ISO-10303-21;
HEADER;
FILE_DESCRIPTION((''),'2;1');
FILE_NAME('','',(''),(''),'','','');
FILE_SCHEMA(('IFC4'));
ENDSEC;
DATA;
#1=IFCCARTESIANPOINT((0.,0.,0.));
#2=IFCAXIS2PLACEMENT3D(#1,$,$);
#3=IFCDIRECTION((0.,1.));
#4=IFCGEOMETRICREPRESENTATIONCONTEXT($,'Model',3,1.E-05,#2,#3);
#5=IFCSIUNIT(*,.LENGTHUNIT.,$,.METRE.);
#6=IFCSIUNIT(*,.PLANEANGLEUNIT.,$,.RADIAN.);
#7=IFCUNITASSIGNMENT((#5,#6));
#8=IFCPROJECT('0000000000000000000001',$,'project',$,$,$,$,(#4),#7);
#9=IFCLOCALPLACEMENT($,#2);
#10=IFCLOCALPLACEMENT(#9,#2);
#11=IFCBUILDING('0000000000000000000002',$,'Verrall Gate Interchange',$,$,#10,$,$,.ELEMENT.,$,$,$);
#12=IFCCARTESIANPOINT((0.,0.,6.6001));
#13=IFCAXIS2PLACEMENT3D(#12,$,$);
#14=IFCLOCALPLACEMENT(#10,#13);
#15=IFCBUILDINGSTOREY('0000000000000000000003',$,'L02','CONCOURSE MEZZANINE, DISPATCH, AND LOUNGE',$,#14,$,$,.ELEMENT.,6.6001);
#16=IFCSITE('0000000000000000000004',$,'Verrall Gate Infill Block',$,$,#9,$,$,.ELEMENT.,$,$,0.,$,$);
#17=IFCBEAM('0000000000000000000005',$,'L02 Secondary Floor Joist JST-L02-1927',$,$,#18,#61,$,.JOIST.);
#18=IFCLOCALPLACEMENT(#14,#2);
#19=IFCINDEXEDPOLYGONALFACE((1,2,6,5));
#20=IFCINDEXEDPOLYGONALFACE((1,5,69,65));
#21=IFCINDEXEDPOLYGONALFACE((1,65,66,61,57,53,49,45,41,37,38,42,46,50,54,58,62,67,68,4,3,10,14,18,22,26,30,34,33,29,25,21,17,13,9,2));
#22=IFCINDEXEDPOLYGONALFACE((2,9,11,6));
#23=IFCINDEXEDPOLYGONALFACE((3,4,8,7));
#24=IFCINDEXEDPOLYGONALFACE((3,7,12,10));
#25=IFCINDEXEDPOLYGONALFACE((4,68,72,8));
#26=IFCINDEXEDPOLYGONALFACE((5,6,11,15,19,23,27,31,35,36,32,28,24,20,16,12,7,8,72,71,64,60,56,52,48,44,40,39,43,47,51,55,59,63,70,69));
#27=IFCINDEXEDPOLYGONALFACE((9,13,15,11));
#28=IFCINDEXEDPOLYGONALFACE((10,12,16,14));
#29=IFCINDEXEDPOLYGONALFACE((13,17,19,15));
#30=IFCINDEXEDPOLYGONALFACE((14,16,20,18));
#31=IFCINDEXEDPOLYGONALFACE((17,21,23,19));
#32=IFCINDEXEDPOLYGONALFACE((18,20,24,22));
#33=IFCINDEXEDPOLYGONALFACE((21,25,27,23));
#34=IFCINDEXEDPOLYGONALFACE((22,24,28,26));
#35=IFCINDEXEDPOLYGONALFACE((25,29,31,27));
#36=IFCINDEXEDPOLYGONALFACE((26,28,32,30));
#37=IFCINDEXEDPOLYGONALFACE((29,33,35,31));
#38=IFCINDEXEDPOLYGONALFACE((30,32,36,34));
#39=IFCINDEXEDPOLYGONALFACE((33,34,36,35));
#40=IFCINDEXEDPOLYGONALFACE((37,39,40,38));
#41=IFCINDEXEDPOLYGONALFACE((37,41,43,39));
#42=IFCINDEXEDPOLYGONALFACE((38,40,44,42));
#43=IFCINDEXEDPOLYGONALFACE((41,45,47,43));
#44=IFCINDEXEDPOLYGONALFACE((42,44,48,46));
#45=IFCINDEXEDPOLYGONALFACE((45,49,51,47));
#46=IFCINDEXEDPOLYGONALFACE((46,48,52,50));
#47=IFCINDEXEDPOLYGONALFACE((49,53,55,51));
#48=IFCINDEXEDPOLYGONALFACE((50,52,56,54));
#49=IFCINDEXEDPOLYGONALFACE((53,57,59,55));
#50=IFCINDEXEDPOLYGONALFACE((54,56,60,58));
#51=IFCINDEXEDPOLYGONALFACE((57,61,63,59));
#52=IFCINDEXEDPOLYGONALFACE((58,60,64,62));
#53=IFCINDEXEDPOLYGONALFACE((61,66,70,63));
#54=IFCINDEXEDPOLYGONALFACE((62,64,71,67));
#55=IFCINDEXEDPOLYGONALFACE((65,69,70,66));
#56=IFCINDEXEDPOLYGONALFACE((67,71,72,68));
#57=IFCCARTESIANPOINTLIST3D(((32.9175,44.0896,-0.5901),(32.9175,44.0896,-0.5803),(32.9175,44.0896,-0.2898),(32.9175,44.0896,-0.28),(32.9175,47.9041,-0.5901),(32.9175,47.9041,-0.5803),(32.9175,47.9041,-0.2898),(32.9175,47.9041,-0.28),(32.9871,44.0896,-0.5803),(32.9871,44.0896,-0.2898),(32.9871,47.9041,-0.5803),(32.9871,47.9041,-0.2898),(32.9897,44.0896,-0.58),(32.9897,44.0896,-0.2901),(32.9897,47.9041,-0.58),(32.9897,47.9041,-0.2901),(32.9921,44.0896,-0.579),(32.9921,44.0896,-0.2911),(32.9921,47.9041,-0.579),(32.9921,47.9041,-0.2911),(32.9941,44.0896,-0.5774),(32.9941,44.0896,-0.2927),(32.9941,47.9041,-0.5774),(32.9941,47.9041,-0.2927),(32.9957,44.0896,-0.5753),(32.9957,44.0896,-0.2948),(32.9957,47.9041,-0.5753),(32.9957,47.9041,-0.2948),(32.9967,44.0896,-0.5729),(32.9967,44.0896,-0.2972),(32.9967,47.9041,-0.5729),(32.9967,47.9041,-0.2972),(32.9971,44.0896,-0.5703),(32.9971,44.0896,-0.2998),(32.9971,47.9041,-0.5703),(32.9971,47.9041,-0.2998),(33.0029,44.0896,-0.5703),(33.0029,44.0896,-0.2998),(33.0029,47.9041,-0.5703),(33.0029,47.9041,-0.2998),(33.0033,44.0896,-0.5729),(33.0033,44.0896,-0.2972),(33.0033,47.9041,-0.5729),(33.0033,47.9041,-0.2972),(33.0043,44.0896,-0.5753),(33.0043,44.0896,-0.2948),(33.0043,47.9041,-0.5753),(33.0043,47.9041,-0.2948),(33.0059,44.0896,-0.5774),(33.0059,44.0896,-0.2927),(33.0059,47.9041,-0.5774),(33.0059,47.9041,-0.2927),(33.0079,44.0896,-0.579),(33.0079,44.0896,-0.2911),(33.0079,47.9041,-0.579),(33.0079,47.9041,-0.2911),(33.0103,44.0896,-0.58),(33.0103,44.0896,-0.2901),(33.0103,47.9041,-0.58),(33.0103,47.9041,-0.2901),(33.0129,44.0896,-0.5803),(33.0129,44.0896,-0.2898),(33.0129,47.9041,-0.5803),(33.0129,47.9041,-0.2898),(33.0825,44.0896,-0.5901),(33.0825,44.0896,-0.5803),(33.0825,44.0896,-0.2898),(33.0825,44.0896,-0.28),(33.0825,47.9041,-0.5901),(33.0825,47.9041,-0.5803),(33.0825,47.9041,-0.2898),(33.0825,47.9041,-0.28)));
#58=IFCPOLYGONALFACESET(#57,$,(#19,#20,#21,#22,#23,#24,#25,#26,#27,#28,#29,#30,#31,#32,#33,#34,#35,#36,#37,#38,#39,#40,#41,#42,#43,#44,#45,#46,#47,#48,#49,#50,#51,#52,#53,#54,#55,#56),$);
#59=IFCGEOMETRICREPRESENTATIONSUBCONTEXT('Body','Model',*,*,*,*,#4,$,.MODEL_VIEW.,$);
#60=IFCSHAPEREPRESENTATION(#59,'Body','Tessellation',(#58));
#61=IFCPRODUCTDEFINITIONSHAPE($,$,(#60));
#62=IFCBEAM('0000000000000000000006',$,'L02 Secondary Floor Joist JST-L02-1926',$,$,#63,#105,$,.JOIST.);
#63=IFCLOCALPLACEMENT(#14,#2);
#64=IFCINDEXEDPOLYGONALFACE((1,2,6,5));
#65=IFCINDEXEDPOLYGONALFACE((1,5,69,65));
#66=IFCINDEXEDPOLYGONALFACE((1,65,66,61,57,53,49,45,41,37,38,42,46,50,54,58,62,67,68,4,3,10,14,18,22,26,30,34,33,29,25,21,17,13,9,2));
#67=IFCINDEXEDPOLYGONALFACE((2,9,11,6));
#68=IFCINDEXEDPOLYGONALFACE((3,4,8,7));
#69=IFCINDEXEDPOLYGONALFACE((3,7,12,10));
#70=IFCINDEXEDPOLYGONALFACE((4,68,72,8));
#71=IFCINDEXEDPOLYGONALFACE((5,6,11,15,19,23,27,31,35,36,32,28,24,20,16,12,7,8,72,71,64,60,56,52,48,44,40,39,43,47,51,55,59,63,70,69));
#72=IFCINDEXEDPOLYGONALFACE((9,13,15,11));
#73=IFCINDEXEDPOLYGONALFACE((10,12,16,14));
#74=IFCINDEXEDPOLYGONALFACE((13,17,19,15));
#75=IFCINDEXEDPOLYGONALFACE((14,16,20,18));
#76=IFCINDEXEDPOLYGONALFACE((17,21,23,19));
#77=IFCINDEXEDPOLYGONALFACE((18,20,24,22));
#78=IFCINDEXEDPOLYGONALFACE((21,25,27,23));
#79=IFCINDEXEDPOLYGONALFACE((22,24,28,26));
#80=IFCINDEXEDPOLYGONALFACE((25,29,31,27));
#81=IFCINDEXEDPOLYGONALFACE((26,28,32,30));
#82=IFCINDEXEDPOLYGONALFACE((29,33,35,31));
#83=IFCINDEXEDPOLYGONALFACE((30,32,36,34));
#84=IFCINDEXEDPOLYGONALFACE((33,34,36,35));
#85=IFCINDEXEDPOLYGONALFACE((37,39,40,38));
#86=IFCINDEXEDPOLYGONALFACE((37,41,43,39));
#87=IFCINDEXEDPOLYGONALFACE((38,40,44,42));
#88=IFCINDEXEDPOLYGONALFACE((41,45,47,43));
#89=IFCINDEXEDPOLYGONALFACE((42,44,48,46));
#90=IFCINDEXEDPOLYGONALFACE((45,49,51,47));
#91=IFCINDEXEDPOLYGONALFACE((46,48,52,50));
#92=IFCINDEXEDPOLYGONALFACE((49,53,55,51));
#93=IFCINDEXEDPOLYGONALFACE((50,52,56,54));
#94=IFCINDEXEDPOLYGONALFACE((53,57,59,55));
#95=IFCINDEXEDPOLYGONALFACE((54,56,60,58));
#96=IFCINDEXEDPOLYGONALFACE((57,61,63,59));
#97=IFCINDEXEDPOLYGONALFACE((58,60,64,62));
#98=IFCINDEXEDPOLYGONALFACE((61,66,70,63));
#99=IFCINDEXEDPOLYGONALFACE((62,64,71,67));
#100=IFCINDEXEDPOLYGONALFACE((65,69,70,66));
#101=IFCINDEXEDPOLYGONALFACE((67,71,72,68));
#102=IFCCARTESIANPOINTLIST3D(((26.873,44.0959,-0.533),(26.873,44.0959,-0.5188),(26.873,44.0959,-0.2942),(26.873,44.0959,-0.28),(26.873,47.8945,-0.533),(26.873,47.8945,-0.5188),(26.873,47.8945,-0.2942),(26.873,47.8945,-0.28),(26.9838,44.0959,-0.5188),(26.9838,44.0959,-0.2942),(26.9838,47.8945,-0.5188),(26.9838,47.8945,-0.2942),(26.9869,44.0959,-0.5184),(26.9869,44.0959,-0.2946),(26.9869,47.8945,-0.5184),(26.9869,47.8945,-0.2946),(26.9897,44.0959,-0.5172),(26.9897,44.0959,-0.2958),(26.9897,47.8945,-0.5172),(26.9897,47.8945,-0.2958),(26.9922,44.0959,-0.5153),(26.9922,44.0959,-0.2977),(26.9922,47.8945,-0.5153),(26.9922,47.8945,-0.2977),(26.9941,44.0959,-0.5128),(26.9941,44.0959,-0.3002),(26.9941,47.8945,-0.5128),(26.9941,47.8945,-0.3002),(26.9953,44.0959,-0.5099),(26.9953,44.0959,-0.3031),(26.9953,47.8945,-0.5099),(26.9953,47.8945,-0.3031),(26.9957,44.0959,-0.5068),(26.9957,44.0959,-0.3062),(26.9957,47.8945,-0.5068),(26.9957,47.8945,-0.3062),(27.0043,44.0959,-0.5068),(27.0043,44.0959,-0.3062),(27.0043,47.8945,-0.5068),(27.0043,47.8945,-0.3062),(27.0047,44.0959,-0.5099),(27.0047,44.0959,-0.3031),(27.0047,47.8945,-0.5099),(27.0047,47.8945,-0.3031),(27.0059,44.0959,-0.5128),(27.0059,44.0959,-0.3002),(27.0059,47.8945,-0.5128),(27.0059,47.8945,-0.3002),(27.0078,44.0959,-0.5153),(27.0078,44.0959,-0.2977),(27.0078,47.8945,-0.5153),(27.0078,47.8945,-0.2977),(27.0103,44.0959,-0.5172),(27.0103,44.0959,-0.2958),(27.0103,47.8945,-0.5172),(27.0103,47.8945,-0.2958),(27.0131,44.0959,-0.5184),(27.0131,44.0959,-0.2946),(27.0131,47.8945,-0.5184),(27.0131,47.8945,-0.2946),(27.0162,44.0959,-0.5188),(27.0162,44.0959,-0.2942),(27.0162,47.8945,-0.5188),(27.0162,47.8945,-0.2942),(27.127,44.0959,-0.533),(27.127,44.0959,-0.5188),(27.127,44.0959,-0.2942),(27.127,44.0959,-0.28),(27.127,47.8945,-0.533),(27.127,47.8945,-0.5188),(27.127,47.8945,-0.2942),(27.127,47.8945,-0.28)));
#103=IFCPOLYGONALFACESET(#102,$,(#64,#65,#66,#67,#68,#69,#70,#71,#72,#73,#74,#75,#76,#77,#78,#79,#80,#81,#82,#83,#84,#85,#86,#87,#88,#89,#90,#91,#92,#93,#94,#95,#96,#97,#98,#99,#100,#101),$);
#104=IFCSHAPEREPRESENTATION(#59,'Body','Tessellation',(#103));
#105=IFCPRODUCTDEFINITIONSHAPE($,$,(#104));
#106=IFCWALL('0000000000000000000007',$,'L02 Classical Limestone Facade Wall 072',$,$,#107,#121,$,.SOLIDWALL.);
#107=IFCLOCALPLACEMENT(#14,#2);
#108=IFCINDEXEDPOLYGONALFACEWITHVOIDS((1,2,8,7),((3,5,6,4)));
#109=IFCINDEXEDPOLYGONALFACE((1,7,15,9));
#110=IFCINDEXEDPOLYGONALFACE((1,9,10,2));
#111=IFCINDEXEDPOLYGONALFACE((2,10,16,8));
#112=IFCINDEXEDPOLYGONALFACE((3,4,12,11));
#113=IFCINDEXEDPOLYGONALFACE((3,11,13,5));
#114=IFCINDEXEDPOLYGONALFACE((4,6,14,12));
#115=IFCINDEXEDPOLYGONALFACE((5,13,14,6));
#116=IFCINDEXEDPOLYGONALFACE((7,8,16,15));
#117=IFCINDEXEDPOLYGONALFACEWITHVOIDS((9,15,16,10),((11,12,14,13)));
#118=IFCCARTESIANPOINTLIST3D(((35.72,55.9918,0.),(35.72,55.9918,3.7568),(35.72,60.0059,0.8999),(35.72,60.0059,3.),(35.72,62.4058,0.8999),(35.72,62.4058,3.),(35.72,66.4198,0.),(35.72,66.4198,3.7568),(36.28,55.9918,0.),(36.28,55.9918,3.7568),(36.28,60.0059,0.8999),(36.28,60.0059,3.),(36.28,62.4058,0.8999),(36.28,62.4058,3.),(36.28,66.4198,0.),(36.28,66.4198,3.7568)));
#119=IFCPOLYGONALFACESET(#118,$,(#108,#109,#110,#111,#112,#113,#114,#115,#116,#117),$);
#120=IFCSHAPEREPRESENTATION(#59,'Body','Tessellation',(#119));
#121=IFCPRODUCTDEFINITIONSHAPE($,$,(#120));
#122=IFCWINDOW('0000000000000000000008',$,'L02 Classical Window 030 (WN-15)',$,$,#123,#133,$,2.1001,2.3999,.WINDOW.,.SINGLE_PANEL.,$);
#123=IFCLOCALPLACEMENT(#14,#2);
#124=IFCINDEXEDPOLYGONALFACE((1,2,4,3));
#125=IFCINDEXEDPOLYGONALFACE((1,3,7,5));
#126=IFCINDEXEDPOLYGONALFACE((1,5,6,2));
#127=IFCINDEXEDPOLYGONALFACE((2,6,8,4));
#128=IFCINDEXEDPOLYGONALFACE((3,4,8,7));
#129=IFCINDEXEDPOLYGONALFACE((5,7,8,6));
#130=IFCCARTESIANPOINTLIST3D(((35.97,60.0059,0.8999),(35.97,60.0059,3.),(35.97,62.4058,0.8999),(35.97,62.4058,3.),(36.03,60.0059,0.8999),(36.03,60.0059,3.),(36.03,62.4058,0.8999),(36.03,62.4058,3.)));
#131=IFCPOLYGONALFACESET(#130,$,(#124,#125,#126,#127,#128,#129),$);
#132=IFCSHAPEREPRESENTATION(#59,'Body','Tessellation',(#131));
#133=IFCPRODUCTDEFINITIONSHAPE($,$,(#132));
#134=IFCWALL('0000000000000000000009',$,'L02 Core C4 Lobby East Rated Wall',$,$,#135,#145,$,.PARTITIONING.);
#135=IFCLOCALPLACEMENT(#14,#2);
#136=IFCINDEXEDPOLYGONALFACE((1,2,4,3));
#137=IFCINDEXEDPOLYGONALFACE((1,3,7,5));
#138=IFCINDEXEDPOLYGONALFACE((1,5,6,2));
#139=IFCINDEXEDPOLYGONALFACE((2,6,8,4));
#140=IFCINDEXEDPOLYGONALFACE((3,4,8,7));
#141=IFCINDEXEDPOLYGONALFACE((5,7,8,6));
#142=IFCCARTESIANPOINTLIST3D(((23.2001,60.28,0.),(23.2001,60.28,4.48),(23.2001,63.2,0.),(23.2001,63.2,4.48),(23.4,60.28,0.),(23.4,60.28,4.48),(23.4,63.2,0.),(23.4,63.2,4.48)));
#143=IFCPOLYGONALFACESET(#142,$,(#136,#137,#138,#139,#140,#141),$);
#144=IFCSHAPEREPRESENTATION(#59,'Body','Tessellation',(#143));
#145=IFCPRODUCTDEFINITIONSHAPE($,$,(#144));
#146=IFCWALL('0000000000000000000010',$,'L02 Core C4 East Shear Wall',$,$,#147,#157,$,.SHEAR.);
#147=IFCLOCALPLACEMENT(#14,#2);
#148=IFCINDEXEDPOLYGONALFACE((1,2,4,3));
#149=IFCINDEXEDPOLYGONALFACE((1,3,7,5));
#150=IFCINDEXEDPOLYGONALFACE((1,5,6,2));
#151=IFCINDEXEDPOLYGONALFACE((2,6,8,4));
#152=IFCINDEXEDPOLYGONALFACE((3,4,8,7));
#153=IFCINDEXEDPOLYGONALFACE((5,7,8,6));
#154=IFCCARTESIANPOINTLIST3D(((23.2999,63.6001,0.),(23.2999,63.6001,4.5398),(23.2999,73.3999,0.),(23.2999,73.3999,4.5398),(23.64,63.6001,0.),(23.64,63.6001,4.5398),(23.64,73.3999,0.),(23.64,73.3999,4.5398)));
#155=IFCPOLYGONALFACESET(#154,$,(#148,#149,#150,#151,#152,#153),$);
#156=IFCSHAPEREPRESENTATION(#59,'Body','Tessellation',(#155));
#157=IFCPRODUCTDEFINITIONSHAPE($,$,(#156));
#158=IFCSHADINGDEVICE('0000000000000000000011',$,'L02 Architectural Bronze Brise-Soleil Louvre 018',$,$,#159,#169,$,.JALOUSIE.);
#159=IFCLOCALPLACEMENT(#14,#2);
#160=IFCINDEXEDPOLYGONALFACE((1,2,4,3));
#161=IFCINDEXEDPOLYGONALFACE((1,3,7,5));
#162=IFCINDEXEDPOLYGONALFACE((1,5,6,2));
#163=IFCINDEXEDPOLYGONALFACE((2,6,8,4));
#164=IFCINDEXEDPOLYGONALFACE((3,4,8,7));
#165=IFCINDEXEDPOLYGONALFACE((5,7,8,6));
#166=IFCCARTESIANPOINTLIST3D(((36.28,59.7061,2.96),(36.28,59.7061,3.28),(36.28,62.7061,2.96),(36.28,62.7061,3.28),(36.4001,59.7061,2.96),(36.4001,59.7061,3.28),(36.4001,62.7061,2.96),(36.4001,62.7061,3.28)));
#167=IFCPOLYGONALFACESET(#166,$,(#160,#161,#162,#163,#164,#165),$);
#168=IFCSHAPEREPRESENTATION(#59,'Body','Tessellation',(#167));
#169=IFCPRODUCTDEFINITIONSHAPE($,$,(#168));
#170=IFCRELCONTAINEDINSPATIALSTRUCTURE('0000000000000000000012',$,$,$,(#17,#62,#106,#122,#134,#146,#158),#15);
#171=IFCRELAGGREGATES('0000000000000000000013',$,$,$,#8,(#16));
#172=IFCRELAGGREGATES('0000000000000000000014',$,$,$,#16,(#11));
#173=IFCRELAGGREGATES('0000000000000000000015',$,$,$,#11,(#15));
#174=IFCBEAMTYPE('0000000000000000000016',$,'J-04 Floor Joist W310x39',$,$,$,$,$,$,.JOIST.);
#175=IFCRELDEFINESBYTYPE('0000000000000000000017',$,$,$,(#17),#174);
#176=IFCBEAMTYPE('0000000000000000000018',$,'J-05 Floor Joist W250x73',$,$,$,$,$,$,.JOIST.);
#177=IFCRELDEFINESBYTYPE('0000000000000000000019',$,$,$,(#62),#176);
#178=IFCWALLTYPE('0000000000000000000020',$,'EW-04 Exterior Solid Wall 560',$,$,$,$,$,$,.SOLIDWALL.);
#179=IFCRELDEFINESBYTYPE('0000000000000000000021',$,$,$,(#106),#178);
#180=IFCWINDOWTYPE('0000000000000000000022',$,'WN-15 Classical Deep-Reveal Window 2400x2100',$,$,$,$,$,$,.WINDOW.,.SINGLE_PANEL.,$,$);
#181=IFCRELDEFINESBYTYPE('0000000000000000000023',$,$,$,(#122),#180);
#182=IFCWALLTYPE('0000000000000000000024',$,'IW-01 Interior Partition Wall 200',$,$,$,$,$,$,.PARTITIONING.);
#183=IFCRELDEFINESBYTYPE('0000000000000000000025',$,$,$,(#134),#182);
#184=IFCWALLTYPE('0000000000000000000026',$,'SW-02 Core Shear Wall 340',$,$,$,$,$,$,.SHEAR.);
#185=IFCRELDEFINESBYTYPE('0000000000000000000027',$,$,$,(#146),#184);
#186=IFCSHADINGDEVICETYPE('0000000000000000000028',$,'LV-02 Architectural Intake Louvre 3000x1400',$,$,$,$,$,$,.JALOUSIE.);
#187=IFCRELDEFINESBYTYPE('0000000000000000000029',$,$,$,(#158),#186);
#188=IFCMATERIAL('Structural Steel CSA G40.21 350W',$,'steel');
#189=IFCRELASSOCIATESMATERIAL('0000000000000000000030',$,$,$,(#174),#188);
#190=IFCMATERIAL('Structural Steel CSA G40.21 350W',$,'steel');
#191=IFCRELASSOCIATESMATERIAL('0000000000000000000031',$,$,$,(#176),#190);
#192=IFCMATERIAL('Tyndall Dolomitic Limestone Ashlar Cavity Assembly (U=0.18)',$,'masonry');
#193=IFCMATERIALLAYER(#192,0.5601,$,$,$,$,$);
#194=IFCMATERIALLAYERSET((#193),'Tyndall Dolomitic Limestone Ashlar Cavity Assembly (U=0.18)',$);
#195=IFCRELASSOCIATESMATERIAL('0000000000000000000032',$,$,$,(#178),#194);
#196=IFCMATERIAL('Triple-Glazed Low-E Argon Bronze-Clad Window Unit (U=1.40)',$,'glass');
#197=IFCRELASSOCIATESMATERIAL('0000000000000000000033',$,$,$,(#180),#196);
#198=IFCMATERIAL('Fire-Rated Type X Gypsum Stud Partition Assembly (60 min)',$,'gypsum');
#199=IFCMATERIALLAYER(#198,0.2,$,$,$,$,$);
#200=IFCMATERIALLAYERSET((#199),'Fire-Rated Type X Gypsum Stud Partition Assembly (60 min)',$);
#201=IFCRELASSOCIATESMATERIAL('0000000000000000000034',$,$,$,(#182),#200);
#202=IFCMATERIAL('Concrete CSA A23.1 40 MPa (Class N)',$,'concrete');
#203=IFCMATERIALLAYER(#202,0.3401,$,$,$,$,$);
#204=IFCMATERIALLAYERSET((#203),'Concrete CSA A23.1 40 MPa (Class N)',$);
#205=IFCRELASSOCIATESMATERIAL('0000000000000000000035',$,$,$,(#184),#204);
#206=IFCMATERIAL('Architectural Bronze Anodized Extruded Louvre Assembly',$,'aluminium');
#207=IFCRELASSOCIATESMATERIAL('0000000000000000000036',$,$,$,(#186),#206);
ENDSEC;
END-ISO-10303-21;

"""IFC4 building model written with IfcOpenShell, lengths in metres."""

from ifc_helpers import new_model, si_unit, direction, frame, frame_2d, origin, origin_2d, place, context, subcontext, project, spatial, rectangle, i_section, extrude, material, layer, layer_set, material_profile, profile_set, type_object, element, fill, save


model = new_model("IFC4")

# Units and contexts
model_context = context("Model", 3, precision=1e-05, world=origin(), true_north=direction((0.0, 1.0)))
body_context = subcontext(model_context, "Body", "Model", "MODEL_VIEW")
ifc_project = project(units=[si_unit("LENGTHUNIT", "METRE"), si_unit("PLANEANGLEUNIT", "RADIAN")], contexts=[model_context])

# Site, building, storey
site_placement = place(None, origin())
site = spatial("IfcSite", under=ifc_project, at=site_placement, Name="Verrall Gate Infill Block", CompositionType="ELEMENT", RefElevation=0.0)
building_placement = place(site_placement, origin())
building = spatial("IfcBuilding", under=site, at=building_placement, Name="Verrall Gate Interchange", CompositionType="ELEMENT")
storey_placement = place(building_placement, frame((0.0, 0.0, 6.6001)))
storey = spatial("IfcBuildingStorey", under=building, at=storey_placement, Name="L02", Description="CONCOURSE MEZZANINE, DISPATCH, AND LOUNGE", CompositionType="ELEMENT", Elevation=6.6001)

# Beams
ifc_material_1 = material(Name="Structural Steel CSA G40.21 350W", Category="steel")
ifc_material_profile_1 = material_profile(ifc_material_1, i_section(OverallWidth=0.165, OverallDepth=0.3101, WebThickness=0.0059, FlangeThickness=0.0098, FilletRadius=0.01, at=origin_2d()), Name="W310x39")
ifc_profile_set_1 = profile_set([ifc_material_profile_1], Name="Structural Steel CSA G40.21 350W")
beam_type_1 = type_object("IfcBeamType", Name="J-04 Floor Joist W310x39", PredefinedType="JOIST", material=ifc_profile_set_1)
beam_1_placement = place(storey_placement, frame((33.0, 44.0896, -0.4351), z_axis=(0.0, 1.0, 0.0), x_axis=(-1.0, 0.0, 0.0)))
element("IfcBeam", 1, at=beam_1_placement, inside=storey, type_object=beam_type_1, Name="L02 Secondary Floor Joist JST-L02-1927", PredefinedType="JOIST", context=body_context, shape_type="SweptSolid", body=[
    extrude(i_section(OverallWidth=0.165, OverallDepth=0.3101, WebThickness=0.0059, FlangeThickness=0.0098, FilletRadius=0.01, at=origin_2d()), origin(), (0.0, 0.0, 1.0), 3.8145),
])
ifc_material_2 = material(Name="Structural Steel CSA G40.21 350W", Category="steel")
ifc_material_profile_2 = material_profile(ifc_material_2, i_section(OverallWidth=0.2539, OverallDepth=0.2529, WebThickness=0.0085, FlangeThickness=0.0142, FilletRadius=0.012, at=origin_2d()), Name="W250x73")
ifc_profile_set_2 = profile_set([ifc_material_profile_2], Name="Structural Steel CSA G40.21 350W")
beam_type_2 = type_object("IfcBeamType", Name="J-05 Floor Joist W250x73", PredefinedType="JOIST", material=ifc_profile_set_2)
beam_2_placement = place(storey_placement, frame((27.0, 44.0959, -0.4065), z_axis=(0.0, 1.0, 0.0), x_axis=(-1.0, 0.0, 0.0)))
element("IfcBeam", 2, at=beam_2_placement, inside=storey, type_object=beam_type_2, Name="L02 Secondary Floor Joist JST-L02-1926", PredefinedType="JOIST", context=body_context, shape_type="SweptSolid", body=[
    extrude(i_section(OverallWidth=0.2539, OverallDepth=0.2529, WebThickness=0.0085, FlangeThickness=0.0142, FilletRadius=0.012, at=origin_2d()), origin(), (0.0, 0.0, 1.0), 3.7986),
])

# Wall, opening, window
ifc_material_3 = material(Name="Tyndall Dolomitic Limestone Ashlar Cavity Assembly (U=0.18)", Category="masonry")
ifc_layer_1 = layer(ifc_material_3, 0.5601)
ifc_layer_set_1 = layer_set([ifc_layer_1], Name="Tyndall Dolomitic Limestone Ashlar Cavity Assembly (U=0.18)")
wall_type_1 = type_object("IfcWallType", Name="EW-04 Exterior Solid Wall 560", PredefinedType="SOLIDWALL", material=ifc_layer_set_1)
wall_1_placement = place(storey_placement, frame((36.0, 55.9919, 0.0), z_axis=(0.0, 0.0, 1.0), x_axis=(0.0, 1.0, 0.0)))
wall_1 = element("IfcWall", 3, at=wall_1_placement, inside=storey, type_object=wall_type_1, Name="L02 Classical Limestone Facade Wall 072", PredefinedType="SOLIDWALL", context=body_context, shape_type="SweptSolid", body=[
    extrude(rectangle(XDim=10.428, YDim=0.5601, at=frame_2d((5.2139, 0.0))), origin(), (0.0, 0.0, 1.0), 3.7568),
])
opening_placement = place(wall_1_placement, frame((4.0139, 0.0, 0.8999)))
opening = element("IfcOpeningElement", 4, at=opening_placement, cuts=wall_1, PredefinedType="OPENING", context=body_context, shape_type="SweptSolid", body=[
    extrude(rectangle(XDim=2.3999, YDim=2.1001, at=frame_2d((1.2, 1.05))), frame((0.0, 0.2949, 0.0), z_axis=(0.0, -1.0, 0.0), x_axis=(1.0, 0.0, 0.0)), (0.0, 0.0, 1.0), 0.5898),
])
ifc_material_4 = material(Name="Triple-Glazed Low-E Argon Bronze-Clad Window Unit (U=1.40)", Category="glass")
window_type = type_object("IfcWindowType", Name="WN-15 Classical Deep-Reveal Window 2400x2100", PartitioningType="SINGLE_PANEL", PredefinedType="WINDOW", material=ifc_material_4)
window_placement = place(opening_placement, origin())
window = element("IfcWindow", 5, at=window_placement, inside=storey, type_object=window_type, Name="L02 Classical Window 030 (WN-15)", OverallHeight=2.1001, OverallWidth=2.3999, PartitioningType="SINGLE_PANEL", PredefinedType="WINDOW", context=body_context, shape_type="SweptSolid", body=[
    extrude(rectangle(XDim=2.3999, YDim=2.1001, at=frame_2d((1.2, 1.05))), frame((0.0, 0.03, 0.0), z_axis=(0.0, -1.0, 0.0), x_axis=(1.0, 0.0, 0.0)), (0.0, 0.0, 1.0), 0.0601),
])
fill(opening, window)

# Walls
ifc_material_5 = material(Name="Fire-Rated Type X Gypsum Stud Partition Assembly (60 min)", Category="gypsum")
ifc_layer_2 = layer(ifc_material_5, 0.2)
ifc_layer_set_2 = layer_set([ifc_layer_2], Name="Fire-Rated Type X Gypsum Stud Partition Assembly (60 min)")
wall_type_2 = type_object("IfcWallType", Name="IW-01 Interior Partition Wall 200", PredefinedType="PARTITIONING", material=ifc_layer_set_2)
wall_2_placement = place(storey_placement, frame((23.3, 60.28, 0.0), z_axis=(0.0, 0.0, 1.0), x_axis=(0.0, 1.0, 0.0)))
element("IfcWall", 6, at=wall_2_placement, inside=storey, type_object=wall_type_2, Name="L02 Core C4 Lobby East Rated Wall", PredefinedType="PARTITIONING", context=body_context, shape_type="SweptSolid", body=[
    extrude(rectangle(XDim=2.9199, YDim=0.2, at=frame_2d((1.46, 0.0))), origin(), (0.0, 0.0, 1.0), 4.48),
])
ifc_material_6 = material(Name="Concrete CSA A23.1 40 MPa (Class N)", Category="concrete")
ifc_layer_3 = layer(ifc_material_6, 0.3401)
ifc_layer_set_3 = layer_set([ifc_layer_3], Name="Concrete CSA A23.1 40 MPa (Class N)")
wall_type_3 = type_object("IfcWallType", Name="SW-02 Core Shear Wall 340", PredefinedType="SHEAR", material=ifc_layer_set_3)
wall_3_placement = place(storey_placement, frame((23.47, 63.6001, 0.0), z_axis=(0.0, 0.0, 1.0), x_axis=(0.0, 1.0, 0.0)))
element("IfcWall", 7, at=wall_3_placement, inside=storey, type_object=wall_type_3, Name="L02 Core C4 East Shear Wall", PredefinedType="SHEAR", context=body_context, shape_type="SweptSolid", body=[
    extrude(rectangle(XDim=9.7998, YDim=0.3401, at=frame_2d((4.8999, 0.0))), origin(), (0.0, 0.0, 1.0), 4.5398),
])

# Shading device
ifc_material_7 = material(Name="Architectural Bronze Anodized Extruded Louvre Assembly", Category="aluminium")
shading_device_type = type_object("IfcShadingDeviceType", Name="LV-02 Architectural Intake Louvre 3000x1400", PredefinedType="JALOUSIE", material=ifc_material_7)
shading_device_placement = place(storey_placement, frame((36.3401, 61.2061, 2.96), z_axis=(0.0, 0.0, 1.0), x_axis=(0.0, 1.0, 0.0)))
element("IfcShadingDevice", 8, at=shading_device_placement, inside=storey, type_object=shading_device_type, Name="L02 Architectural Bronze Brise-Soleil Louvre 018", PredefinedType="JALOUSIE", context=body_context, shape_type="SweptSolid", body=[
    extrude(rectangle(XDim=3.0, YDim=0.1201, at=origin_2d()), origin(), (0.0, 0.0, 1.0), 0.3201),
])

save(model, "model.ifc")
